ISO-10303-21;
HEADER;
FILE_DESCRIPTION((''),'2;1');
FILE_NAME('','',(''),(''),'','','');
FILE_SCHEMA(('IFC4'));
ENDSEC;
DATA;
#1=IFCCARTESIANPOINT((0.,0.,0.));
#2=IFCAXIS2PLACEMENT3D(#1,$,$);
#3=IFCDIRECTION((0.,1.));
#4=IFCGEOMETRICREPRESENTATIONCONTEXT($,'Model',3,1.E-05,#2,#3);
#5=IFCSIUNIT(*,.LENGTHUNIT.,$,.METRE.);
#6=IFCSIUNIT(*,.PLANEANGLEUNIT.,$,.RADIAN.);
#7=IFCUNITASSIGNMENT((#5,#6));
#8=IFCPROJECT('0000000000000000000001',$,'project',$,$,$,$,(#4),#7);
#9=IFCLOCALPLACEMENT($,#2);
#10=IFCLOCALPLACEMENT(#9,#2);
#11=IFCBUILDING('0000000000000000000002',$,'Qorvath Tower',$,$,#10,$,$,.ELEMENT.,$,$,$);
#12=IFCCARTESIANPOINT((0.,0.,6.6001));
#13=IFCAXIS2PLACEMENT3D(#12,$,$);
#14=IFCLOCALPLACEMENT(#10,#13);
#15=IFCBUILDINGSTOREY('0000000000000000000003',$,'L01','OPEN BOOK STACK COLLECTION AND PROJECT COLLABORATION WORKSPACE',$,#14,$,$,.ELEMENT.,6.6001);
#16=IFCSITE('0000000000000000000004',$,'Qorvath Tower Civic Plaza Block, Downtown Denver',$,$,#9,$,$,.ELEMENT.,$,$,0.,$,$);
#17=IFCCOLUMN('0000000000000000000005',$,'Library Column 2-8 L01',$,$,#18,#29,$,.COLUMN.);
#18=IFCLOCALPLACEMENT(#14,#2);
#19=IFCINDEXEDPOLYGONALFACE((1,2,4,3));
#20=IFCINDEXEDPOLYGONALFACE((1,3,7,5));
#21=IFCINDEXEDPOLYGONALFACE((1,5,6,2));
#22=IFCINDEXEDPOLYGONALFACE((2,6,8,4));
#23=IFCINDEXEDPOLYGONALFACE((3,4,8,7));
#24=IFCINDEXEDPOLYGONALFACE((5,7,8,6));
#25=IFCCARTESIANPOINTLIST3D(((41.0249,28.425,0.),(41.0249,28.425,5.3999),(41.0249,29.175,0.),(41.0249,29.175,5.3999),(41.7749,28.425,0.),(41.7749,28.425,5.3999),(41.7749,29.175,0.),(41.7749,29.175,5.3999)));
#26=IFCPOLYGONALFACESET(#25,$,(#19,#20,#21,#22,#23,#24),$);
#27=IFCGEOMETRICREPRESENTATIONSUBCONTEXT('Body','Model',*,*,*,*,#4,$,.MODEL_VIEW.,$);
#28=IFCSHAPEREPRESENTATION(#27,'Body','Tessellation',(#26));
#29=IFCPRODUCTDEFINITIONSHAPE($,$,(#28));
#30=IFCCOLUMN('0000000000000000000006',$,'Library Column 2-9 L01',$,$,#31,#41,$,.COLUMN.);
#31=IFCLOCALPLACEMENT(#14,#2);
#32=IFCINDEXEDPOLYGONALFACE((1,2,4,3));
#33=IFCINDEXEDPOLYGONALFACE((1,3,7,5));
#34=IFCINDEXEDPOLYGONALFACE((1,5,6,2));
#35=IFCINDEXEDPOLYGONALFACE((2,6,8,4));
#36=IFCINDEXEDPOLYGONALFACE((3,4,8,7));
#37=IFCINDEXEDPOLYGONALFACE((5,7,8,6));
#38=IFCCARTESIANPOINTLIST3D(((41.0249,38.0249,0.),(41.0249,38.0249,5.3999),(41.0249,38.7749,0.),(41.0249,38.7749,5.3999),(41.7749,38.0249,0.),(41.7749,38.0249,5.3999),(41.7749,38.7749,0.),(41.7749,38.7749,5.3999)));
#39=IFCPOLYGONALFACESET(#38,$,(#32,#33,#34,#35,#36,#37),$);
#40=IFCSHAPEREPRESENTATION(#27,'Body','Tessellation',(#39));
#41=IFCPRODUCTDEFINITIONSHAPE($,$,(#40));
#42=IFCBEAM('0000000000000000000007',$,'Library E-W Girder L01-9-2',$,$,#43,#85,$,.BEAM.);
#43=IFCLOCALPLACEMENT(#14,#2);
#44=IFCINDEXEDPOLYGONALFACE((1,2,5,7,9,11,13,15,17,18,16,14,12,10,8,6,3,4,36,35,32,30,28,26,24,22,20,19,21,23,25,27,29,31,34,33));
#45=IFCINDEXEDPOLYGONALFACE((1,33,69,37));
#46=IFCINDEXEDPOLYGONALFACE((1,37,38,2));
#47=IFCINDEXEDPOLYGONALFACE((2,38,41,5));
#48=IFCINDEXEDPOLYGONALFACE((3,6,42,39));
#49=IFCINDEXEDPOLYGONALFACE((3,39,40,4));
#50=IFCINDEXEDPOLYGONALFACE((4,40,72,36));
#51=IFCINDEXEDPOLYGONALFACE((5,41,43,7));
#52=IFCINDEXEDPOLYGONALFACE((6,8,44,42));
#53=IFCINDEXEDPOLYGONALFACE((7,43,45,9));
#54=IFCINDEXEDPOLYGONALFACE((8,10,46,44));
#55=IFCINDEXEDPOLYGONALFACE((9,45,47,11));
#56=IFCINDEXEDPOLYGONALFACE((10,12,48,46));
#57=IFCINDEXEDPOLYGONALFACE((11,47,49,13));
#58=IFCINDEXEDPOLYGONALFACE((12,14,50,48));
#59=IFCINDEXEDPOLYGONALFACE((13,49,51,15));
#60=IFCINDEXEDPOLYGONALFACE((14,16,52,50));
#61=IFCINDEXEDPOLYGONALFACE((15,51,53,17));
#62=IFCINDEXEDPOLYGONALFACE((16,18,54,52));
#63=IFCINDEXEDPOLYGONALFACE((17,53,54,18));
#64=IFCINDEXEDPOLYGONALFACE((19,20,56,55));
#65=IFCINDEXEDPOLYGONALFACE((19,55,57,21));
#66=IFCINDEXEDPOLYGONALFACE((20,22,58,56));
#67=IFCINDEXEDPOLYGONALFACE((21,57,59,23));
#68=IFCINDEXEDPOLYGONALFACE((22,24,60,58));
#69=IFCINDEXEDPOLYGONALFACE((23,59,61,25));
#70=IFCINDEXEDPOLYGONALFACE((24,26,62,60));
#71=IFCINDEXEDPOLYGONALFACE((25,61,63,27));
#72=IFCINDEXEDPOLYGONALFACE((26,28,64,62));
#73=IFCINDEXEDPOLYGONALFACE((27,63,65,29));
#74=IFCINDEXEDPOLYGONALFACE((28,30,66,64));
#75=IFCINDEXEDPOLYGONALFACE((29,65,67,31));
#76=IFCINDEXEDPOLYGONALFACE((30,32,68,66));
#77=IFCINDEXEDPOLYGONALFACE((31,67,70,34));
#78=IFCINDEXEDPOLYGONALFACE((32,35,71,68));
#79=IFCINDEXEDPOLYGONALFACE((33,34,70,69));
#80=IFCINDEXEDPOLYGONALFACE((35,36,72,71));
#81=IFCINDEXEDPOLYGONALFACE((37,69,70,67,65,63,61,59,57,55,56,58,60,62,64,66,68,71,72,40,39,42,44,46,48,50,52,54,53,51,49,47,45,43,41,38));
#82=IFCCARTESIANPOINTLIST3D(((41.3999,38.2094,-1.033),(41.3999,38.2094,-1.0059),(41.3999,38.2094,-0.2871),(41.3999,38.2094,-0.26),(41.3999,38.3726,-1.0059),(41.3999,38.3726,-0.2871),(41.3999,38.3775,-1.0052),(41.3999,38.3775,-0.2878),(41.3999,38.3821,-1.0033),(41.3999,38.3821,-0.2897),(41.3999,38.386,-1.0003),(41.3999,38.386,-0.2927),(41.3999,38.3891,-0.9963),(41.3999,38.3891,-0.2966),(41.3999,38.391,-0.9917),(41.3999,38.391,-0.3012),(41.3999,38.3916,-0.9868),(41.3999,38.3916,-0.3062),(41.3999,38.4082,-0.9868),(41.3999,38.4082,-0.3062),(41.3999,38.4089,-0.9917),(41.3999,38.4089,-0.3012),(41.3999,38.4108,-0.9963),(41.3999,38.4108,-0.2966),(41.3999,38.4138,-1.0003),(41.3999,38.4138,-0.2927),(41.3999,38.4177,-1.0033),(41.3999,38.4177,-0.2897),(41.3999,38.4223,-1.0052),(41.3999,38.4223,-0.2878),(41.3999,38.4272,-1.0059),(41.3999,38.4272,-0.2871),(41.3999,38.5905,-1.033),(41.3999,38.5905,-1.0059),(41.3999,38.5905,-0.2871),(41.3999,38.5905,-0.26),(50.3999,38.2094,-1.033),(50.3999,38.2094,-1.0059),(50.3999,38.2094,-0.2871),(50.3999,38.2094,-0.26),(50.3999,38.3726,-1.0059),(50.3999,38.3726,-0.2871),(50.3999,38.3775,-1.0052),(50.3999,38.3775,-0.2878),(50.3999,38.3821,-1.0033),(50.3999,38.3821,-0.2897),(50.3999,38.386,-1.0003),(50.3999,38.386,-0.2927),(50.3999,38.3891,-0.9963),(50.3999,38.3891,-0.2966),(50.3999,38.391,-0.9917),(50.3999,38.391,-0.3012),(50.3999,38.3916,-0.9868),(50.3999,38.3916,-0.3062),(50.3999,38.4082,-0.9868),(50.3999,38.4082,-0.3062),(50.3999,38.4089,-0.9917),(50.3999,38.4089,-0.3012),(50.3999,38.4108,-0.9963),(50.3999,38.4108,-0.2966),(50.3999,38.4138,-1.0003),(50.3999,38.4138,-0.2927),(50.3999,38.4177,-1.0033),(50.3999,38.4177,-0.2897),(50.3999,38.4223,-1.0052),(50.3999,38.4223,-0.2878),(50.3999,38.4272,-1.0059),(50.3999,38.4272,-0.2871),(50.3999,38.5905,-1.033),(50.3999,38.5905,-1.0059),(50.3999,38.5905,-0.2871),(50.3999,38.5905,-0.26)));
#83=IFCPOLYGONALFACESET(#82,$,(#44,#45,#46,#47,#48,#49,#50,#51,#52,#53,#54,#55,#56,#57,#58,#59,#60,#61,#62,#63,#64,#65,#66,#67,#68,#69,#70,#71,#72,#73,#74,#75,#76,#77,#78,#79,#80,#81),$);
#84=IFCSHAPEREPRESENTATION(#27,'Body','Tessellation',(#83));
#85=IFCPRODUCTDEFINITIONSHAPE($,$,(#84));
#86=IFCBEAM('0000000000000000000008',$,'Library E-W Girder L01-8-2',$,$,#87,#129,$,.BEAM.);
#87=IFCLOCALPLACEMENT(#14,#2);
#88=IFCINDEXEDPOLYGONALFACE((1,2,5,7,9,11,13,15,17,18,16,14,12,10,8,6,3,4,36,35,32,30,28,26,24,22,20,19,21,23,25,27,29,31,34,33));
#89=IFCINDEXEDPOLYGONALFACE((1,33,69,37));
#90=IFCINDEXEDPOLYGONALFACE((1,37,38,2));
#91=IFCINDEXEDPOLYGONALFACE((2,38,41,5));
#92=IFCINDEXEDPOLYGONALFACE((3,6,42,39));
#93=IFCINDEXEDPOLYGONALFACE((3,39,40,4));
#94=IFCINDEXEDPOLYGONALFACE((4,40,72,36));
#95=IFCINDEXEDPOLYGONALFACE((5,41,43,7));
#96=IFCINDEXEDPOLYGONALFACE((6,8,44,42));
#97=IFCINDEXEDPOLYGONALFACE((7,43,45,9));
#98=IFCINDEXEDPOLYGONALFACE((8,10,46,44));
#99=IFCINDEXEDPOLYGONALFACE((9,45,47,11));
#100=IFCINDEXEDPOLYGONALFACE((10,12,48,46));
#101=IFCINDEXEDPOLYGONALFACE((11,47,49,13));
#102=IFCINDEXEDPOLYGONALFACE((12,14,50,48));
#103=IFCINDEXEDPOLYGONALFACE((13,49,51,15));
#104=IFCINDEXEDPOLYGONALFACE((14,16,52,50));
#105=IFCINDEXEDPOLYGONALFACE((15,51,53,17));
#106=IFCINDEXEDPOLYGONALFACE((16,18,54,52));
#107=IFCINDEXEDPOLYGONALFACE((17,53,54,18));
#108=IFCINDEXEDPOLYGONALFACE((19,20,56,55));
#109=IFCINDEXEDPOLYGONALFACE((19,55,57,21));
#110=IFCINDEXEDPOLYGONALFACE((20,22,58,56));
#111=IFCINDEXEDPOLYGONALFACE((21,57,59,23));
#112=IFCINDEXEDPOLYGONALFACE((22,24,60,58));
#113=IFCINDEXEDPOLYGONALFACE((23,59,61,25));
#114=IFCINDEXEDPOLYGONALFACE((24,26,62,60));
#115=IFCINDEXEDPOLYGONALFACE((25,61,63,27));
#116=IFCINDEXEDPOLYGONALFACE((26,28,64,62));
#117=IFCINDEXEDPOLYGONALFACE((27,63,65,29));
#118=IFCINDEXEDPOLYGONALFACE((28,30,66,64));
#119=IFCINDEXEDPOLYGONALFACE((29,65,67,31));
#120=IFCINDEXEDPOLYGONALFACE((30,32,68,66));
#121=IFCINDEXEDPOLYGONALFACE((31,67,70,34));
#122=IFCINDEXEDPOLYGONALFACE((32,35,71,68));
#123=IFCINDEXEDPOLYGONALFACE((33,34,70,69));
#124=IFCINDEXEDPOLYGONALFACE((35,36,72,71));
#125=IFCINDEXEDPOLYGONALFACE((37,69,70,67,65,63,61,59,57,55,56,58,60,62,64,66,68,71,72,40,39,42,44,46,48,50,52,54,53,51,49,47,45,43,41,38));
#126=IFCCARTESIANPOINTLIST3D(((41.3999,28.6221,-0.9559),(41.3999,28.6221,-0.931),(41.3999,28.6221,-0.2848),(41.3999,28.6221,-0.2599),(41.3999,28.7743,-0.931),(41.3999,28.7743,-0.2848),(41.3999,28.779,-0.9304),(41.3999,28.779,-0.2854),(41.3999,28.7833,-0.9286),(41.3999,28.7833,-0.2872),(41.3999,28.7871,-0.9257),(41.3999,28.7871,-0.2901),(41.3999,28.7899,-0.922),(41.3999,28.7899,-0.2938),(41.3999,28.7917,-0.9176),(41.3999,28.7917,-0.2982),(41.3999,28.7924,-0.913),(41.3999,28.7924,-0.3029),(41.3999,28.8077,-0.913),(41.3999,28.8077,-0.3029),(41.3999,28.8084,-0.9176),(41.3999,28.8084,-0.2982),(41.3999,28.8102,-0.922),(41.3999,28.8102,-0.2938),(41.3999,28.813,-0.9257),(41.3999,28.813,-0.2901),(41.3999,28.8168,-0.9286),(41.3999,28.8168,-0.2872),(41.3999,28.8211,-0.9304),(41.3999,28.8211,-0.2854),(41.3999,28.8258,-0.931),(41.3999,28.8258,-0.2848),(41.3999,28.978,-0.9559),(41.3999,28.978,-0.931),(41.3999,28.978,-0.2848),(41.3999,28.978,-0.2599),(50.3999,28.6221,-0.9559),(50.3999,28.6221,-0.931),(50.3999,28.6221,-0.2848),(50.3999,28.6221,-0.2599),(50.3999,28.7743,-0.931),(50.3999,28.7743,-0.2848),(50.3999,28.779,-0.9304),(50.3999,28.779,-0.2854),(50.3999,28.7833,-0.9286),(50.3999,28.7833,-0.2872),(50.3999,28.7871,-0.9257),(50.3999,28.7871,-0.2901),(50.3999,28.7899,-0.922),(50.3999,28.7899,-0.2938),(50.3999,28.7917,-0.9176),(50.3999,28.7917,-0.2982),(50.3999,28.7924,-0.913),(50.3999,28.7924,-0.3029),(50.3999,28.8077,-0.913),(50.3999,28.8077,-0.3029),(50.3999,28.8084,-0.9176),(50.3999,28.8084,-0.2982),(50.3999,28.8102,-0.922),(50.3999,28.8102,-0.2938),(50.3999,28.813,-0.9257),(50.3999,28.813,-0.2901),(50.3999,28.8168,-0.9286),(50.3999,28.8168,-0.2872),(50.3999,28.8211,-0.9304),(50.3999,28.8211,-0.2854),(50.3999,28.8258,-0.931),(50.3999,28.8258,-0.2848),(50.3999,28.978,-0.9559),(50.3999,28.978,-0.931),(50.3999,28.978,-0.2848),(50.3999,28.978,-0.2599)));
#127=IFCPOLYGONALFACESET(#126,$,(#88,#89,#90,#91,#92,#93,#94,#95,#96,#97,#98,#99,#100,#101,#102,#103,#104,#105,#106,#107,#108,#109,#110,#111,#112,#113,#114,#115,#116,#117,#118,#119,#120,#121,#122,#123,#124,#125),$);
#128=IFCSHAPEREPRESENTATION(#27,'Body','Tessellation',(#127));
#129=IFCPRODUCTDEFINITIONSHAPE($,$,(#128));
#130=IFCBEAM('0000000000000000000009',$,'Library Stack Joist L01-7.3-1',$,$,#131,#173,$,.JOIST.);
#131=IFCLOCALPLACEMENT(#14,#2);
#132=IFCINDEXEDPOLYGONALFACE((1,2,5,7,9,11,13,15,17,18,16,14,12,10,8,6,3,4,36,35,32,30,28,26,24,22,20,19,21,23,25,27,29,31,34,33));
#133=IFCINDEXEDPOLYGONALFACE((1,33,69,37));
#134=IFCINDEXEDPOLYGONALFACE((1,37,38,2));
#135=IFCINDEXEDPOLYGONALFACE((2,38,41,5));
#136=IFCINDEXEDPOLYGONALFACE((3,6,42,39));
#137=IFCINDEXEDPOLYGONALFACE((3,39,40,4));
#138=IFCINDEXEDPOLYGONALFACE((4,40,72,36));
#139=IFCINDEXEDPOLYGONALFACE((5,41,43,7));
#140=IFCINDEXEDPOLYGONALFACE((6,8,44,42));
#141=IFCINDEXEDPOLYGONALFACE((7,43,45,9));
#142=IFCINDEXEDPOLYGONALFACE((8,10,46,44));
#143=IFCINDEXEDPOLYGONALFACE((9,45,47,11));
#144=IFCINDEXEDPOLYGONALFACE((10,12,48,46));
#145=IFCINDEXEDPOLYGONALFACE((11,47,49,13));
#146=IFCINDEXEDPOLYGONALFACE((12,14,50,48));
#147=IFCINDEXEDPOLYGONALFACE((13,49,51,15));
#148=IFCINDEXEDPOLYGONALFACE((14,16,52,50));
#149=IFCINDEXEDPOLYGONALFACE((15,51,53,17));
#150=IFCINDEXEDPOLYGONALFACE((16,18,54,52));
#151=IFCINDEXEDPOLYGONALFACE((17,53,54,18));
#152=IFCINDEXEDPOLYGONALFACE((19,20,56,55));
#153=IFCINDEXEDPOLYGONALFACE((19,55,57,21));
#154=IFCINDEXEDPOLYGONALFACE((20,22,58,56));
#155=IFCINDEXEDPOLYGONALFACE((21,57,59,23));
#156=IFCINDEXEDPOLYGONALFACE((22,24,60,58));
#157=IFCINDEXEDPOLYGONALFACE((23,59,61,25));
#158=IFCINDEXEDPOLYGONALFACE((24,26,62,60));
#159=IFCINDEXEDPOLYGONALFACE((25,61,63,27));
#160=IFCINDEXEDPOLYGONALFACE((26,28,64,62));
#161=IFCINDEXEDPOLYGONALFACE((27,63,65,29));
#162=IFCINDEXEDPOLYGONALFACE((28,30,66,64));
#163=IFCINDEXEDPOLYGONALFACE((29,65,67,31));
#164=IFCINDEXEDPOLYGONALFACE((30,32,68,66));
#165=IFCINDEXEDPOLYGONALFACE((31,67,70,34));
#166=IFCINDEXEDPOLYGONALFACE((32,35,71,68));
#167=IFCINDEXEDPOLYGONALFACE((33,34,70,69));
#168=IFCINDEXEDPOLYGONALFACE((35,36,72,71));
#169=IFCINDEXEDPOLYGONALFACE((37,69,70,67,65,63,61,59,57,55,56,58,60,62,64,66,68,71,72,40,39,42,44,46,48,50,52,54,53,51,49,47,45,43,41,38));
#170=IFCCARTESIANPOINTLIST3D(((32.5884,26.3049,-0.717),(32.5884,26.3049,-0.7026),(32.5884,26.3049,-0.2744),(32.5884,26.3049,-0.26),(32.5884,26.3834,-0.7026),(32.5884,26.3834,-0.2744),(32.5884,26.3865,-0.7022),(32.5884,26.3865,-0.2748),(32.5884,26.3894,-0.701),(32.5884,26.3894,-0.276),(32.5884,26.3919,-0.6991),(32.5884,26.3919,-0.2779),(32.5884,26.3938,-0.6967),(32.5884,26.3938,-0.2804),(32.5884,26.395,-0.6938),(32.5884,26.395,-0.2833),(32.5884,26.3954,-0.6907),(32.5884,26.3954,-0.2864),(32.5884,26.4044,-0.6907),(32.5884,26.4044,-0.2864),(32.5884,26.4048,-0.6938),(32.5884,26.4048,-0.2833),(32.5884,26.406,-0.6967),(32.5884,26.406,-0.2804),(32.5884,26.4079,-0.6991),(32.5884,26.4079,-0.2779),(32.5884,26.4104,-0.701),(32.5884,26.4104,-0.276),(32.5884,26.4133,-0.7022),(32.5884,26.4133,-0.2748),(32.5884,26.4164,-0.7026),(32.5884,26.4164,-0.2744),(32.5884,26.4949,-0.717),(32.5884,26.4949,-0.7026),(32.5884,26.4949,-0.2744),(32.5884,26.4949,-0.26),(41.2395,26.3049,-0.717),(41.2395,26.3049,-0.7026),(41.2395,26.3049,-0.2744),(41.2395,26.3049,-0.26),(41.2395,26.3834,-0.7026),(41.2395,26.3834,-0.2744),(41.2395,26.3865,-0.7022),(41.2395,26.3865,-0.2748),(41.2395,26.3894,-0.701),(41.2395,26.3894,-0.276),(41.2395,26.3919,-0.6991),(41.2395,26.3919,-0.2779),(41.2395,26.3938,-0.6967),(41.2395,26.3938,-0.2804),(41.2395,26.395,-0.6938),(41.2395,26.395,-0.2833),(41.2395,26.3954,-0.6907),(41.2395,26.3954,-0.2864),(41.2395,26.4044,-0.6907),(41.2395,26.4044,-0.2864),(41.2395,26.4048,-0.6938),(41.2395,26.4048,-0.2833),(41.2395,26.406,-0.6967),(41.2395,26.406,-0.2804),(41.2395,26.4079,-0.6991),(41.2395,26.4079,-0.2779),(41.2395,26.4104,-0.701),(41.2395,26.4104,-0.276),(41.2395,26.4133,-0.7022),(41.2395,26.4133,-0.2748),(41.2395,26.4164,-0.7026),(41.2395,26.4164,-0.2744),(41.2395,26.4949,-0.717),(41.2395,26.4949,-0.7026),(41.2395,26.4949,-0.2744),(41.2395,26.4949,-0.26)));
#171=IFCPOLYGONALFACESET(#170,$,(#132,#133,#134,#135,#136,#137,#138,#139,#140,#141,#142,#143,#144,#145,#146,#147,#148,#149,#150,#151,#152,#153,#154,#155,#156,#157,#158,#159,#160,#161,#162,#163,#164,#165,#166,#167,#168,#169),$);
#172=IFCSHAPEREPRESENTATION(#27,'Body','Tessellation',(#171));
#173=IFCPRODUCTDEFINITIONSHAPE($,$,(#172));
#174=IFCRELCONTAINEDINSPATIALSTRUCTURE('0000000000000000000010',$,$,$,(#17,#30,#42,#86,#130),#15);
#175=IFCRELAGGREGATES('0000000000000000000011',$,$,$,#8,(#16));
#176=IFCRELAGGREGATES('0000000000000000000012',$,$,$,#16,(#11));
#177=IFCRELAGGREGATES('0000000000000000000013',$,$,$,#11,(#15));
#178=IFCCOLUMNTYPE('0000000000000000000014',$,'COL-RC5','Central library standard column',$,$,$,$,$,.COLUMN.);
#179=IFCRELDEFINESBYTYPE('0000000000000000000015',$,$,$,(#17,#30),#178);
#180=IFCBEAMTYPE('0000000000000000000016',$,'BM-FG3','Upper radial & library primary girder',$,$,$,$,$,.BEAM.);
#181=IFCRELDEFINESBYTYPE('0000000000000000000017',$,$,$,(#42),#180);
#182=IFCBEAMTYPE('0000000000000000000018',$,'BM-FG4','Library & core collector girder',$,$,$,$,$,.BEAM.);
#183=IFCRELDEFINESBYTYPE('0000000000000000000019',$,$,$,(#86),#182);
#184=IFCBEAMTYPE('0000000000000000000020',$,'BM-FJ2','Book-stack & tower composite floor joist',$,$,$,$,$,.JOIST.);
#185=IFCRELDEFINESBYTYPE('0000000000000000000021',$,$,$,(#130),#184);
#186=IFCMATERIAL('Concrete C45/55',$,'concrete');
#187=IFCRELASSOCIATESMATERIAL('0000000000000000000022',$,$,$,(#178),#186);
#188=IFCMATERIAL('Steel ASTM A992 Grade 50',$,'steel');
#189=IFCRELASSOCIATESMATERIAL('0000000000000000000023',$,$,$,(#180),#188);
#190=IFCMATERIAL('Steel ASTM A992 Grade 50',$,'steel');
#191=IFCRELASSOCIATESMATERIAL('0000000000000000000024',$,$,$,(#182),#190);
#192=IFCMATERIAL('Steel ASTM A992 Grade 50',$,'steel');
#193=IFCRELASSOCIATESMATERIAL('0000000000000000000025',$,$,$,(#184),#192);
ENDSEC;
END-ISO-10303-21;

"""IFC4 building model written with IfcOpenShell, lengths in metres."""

from ifc_helpers import new_model, si_unit, direction, frame, origin, origin_2d, place, context, subcontext, project, spatial, rectangle, i_section, extrude, material, material_profile, profile_set, type_object, element, save


model = new_model("IFC4")

# Units and contexts
model_context = context("Model", 3, precision=1e-05, world=origin(), true_north=direction((0.0, 1.0)))
body_context = subcontext(model_context, "Body", "Model", "MODEL_VIEW")
ifc_project = project(units=[si_unit("LENGTHUNIT", "METRE"), si_unit("PLANEANGLEUNIT", "RADIAN")], contexts=[model_context])

# Site, building, storey
site_placement = place(None, origin())
site = spatial("IfcSite", under=ifc_project, at=site_placement, Name="Qorvath Tower Civic Plaza Block, Downtown Denver", CompositionType="ELEMENT", RefElevation=0.0)
building_placement = place(site_placement, origin())
building = spatial("IfcBuilding", under=site, at=building_placement, Name="Qorvath Tower", CompositionType="ELEMENT")
storey_placement = place(building_placement, frame((0.0, 0.0, 6.6001)))
storey = spatial("IfcBuildingStorey", under=building, at=storey_placement, Name="L01", Description="OPEN BOOK STACK COLLECTION AND PROJECT COLLABORATION WORKSPACE", CompositionType="ELEMENT", Elevation=6.6001)

# Columns
ifc_material_1 = material(Name="Concrete C45/55", Category="concrete")
ifc_material_profile_1 = material_profile(ifc_material_1, rectangle(XDim=0.75, YDim=0.75, at=origin_2d()), Name="RC 750x750")
ifc_profile_set_1 = profile_set([ifc_material_profile_1], Name="Concrete C45/55")
column_type = type_object("IfcColumnType", Name="COL-RC5", Description="Central library standard column", PredefinedType="COLUMN", material=ifc_profile_set_1)
for number, where, z_axis, x_axis, name in (
    (1, (41.3999, 28.8, 0.0), (0.0, 0.0, 1.0), (1.0, 0.0, 0.0), "Library Column 2-8 L01"),
    (2, (41.3999, 38.3999, 0.0), (0.0, 0.0, 1.0), (1.0, 0.0, 0.0), "Library Column 2-9 L01"),
):
    element("IfcColumn", number, at=place(storey_placement, frame(where, z_axis=z_axis, x_axis=x_axis)), inside=storey, type_object=column_type, Name=name, PredefinedType="COLUMN", context=body_context, shape_type="SweptSolid", body=[
        extrude(rectangle(XDim=0.75, YDim=0.75, at=origin_2d()), origin(), (0.0, 0.0, 1.0), 5.3999),
    ])

# Beams
ifc_material_2 = material(Name="Steel ASTM A992 Grade 50", Category="steel")
ifc_material_profile_2 = material_profile(ifc_material_2, i_section(OverallWidth=0.3811, OverallDepth=0.7729, WebThickness=0.0166, FlangeThickness=0.0271, FilletRadius=0.019, at=origin_2d()), Name="W30x173")
ifc_profile_set_2 = profile_set([ifc_material_profile_2], Name="Steel ASTM A992 Grade 50")
beam_type_1 = type_object("IfcBeamType", Name="BM-FG3", Description="Upper radial & library primary girder", PredefinedType="BEAM", material=ifc_profile_set_2)
beam_1_placement = place(storey_placement, frame((41.3999, 38.3999, -0.6465), z_axis=(1.0, 0.0, 0.0), x_axis=(0.0, 1.0, 0.0)))
element("IfcBeam", 3, at=beam_1_placement, inside=storey, type_object=beam_type_1, Name="Library E-W Girder L01-9-2", PredefinedType="BEAM", context=body_context, shape_type="SweptSolid", body=[
    extrude(i_section(OverallWidth=0.3811, OverallDepth=0.7729, WebThickness=0.0166, FlangeThickness=0.0271, FilletRadius=0.019, at=origin_2d()), origin(), (0.0, 0.0, 1.0), 9.0),
])
ifc_material_3 = material(Name="Steel ASTM A992 Grade 50", Category="steel")
ifc_material_profile_3 = material_profile(ifc_material_3, i_section(OverallWidth=0.356, OverallDepth=0.696, WebThickness=0.0154, FlangeThickness=0.0249, FilletRadius=0.0181, at=origin_2d()), Name="W27x146")
ifc_profile_set_3 = profile_set([ifc_material_profile_3], Name="Steel ASTM A992 Grade 50")
beam_type_2 = type_object("IfcBeamType", Name="BM-FG4", Description="Library & core collector girder", PredefinedType="BEAM", material=ifc_profile_set_3)
beam_2_placement = place(storey_placement, frame((41.3999, 28.8, -0.6079), z_axis=(1.0, 0.0, 0.0), x_axis=(0.0, 1.0, 0.0)))
element("IfcBeam", 4, at=beam_2_placement, inside=storey, type_object=beam_type_2, Name="Library E-W Girder L01-8-2", PredefinedType="BEAM", context=body_context, shape_type="SweptSolid", body=[
    extrude(i_section(OverallWidth=0.356, OverallDepth=0.696, WebThickness=0.0154, FlangeThickness=0.0249, FilletRadius=0.0181, at=origin_2d()), origin(), (0.0, 0.0, 1.0), 9.0),
])
ifc_material_4 = material(Name="Steel ASTM A992 Grade 50", Category="steel")
ifc_material_profile_4 = material_profile(ifc_material_4, i_section(OverallWidth=0.1899, OverallDepth=0.457, WebThickness=0.009, FlangeThickness=0.0144, FilletRadius=0.012, at=origin_2d()), Name="W18x50")
ifc_profile_set_4 = profile_set([ifc_material_profile_4], Name="Steel ASTM A992 Grade 50")
beam_type_3 = type_object("IfcBeamType", Name="BM-FJ2", Description="Book-stack & tower composite floor joist", PredefinedType="JOIST", material=ifc_profile_set_4)
beam_3_placement = place(storey_placement, frame((32.5884, 26.3999, -0.4885), z_axis=(1.0, 0.0, 0.0), x_axis=(0.0, 1.0, 0.0)))
element("IfcBeam", 5, at=beam_3_placement, inside=storey, type_object=beam_type_3, Name="Library Stack Joist L01-7.3-1", PredefinedType="JOIST", context=body_context, shape_type="SweptSolid", body=[
    extrude(i_section(OverallWidth=0.1899, OverallDepth=0.457, WebThickness=0.009, FlangeThickness=0.0144, FilletRadius=0.012, at=origin_2d()), origin(), (0.0, 0.0, 1.0), 8.6511),
])

save(model, "model.ifc")
